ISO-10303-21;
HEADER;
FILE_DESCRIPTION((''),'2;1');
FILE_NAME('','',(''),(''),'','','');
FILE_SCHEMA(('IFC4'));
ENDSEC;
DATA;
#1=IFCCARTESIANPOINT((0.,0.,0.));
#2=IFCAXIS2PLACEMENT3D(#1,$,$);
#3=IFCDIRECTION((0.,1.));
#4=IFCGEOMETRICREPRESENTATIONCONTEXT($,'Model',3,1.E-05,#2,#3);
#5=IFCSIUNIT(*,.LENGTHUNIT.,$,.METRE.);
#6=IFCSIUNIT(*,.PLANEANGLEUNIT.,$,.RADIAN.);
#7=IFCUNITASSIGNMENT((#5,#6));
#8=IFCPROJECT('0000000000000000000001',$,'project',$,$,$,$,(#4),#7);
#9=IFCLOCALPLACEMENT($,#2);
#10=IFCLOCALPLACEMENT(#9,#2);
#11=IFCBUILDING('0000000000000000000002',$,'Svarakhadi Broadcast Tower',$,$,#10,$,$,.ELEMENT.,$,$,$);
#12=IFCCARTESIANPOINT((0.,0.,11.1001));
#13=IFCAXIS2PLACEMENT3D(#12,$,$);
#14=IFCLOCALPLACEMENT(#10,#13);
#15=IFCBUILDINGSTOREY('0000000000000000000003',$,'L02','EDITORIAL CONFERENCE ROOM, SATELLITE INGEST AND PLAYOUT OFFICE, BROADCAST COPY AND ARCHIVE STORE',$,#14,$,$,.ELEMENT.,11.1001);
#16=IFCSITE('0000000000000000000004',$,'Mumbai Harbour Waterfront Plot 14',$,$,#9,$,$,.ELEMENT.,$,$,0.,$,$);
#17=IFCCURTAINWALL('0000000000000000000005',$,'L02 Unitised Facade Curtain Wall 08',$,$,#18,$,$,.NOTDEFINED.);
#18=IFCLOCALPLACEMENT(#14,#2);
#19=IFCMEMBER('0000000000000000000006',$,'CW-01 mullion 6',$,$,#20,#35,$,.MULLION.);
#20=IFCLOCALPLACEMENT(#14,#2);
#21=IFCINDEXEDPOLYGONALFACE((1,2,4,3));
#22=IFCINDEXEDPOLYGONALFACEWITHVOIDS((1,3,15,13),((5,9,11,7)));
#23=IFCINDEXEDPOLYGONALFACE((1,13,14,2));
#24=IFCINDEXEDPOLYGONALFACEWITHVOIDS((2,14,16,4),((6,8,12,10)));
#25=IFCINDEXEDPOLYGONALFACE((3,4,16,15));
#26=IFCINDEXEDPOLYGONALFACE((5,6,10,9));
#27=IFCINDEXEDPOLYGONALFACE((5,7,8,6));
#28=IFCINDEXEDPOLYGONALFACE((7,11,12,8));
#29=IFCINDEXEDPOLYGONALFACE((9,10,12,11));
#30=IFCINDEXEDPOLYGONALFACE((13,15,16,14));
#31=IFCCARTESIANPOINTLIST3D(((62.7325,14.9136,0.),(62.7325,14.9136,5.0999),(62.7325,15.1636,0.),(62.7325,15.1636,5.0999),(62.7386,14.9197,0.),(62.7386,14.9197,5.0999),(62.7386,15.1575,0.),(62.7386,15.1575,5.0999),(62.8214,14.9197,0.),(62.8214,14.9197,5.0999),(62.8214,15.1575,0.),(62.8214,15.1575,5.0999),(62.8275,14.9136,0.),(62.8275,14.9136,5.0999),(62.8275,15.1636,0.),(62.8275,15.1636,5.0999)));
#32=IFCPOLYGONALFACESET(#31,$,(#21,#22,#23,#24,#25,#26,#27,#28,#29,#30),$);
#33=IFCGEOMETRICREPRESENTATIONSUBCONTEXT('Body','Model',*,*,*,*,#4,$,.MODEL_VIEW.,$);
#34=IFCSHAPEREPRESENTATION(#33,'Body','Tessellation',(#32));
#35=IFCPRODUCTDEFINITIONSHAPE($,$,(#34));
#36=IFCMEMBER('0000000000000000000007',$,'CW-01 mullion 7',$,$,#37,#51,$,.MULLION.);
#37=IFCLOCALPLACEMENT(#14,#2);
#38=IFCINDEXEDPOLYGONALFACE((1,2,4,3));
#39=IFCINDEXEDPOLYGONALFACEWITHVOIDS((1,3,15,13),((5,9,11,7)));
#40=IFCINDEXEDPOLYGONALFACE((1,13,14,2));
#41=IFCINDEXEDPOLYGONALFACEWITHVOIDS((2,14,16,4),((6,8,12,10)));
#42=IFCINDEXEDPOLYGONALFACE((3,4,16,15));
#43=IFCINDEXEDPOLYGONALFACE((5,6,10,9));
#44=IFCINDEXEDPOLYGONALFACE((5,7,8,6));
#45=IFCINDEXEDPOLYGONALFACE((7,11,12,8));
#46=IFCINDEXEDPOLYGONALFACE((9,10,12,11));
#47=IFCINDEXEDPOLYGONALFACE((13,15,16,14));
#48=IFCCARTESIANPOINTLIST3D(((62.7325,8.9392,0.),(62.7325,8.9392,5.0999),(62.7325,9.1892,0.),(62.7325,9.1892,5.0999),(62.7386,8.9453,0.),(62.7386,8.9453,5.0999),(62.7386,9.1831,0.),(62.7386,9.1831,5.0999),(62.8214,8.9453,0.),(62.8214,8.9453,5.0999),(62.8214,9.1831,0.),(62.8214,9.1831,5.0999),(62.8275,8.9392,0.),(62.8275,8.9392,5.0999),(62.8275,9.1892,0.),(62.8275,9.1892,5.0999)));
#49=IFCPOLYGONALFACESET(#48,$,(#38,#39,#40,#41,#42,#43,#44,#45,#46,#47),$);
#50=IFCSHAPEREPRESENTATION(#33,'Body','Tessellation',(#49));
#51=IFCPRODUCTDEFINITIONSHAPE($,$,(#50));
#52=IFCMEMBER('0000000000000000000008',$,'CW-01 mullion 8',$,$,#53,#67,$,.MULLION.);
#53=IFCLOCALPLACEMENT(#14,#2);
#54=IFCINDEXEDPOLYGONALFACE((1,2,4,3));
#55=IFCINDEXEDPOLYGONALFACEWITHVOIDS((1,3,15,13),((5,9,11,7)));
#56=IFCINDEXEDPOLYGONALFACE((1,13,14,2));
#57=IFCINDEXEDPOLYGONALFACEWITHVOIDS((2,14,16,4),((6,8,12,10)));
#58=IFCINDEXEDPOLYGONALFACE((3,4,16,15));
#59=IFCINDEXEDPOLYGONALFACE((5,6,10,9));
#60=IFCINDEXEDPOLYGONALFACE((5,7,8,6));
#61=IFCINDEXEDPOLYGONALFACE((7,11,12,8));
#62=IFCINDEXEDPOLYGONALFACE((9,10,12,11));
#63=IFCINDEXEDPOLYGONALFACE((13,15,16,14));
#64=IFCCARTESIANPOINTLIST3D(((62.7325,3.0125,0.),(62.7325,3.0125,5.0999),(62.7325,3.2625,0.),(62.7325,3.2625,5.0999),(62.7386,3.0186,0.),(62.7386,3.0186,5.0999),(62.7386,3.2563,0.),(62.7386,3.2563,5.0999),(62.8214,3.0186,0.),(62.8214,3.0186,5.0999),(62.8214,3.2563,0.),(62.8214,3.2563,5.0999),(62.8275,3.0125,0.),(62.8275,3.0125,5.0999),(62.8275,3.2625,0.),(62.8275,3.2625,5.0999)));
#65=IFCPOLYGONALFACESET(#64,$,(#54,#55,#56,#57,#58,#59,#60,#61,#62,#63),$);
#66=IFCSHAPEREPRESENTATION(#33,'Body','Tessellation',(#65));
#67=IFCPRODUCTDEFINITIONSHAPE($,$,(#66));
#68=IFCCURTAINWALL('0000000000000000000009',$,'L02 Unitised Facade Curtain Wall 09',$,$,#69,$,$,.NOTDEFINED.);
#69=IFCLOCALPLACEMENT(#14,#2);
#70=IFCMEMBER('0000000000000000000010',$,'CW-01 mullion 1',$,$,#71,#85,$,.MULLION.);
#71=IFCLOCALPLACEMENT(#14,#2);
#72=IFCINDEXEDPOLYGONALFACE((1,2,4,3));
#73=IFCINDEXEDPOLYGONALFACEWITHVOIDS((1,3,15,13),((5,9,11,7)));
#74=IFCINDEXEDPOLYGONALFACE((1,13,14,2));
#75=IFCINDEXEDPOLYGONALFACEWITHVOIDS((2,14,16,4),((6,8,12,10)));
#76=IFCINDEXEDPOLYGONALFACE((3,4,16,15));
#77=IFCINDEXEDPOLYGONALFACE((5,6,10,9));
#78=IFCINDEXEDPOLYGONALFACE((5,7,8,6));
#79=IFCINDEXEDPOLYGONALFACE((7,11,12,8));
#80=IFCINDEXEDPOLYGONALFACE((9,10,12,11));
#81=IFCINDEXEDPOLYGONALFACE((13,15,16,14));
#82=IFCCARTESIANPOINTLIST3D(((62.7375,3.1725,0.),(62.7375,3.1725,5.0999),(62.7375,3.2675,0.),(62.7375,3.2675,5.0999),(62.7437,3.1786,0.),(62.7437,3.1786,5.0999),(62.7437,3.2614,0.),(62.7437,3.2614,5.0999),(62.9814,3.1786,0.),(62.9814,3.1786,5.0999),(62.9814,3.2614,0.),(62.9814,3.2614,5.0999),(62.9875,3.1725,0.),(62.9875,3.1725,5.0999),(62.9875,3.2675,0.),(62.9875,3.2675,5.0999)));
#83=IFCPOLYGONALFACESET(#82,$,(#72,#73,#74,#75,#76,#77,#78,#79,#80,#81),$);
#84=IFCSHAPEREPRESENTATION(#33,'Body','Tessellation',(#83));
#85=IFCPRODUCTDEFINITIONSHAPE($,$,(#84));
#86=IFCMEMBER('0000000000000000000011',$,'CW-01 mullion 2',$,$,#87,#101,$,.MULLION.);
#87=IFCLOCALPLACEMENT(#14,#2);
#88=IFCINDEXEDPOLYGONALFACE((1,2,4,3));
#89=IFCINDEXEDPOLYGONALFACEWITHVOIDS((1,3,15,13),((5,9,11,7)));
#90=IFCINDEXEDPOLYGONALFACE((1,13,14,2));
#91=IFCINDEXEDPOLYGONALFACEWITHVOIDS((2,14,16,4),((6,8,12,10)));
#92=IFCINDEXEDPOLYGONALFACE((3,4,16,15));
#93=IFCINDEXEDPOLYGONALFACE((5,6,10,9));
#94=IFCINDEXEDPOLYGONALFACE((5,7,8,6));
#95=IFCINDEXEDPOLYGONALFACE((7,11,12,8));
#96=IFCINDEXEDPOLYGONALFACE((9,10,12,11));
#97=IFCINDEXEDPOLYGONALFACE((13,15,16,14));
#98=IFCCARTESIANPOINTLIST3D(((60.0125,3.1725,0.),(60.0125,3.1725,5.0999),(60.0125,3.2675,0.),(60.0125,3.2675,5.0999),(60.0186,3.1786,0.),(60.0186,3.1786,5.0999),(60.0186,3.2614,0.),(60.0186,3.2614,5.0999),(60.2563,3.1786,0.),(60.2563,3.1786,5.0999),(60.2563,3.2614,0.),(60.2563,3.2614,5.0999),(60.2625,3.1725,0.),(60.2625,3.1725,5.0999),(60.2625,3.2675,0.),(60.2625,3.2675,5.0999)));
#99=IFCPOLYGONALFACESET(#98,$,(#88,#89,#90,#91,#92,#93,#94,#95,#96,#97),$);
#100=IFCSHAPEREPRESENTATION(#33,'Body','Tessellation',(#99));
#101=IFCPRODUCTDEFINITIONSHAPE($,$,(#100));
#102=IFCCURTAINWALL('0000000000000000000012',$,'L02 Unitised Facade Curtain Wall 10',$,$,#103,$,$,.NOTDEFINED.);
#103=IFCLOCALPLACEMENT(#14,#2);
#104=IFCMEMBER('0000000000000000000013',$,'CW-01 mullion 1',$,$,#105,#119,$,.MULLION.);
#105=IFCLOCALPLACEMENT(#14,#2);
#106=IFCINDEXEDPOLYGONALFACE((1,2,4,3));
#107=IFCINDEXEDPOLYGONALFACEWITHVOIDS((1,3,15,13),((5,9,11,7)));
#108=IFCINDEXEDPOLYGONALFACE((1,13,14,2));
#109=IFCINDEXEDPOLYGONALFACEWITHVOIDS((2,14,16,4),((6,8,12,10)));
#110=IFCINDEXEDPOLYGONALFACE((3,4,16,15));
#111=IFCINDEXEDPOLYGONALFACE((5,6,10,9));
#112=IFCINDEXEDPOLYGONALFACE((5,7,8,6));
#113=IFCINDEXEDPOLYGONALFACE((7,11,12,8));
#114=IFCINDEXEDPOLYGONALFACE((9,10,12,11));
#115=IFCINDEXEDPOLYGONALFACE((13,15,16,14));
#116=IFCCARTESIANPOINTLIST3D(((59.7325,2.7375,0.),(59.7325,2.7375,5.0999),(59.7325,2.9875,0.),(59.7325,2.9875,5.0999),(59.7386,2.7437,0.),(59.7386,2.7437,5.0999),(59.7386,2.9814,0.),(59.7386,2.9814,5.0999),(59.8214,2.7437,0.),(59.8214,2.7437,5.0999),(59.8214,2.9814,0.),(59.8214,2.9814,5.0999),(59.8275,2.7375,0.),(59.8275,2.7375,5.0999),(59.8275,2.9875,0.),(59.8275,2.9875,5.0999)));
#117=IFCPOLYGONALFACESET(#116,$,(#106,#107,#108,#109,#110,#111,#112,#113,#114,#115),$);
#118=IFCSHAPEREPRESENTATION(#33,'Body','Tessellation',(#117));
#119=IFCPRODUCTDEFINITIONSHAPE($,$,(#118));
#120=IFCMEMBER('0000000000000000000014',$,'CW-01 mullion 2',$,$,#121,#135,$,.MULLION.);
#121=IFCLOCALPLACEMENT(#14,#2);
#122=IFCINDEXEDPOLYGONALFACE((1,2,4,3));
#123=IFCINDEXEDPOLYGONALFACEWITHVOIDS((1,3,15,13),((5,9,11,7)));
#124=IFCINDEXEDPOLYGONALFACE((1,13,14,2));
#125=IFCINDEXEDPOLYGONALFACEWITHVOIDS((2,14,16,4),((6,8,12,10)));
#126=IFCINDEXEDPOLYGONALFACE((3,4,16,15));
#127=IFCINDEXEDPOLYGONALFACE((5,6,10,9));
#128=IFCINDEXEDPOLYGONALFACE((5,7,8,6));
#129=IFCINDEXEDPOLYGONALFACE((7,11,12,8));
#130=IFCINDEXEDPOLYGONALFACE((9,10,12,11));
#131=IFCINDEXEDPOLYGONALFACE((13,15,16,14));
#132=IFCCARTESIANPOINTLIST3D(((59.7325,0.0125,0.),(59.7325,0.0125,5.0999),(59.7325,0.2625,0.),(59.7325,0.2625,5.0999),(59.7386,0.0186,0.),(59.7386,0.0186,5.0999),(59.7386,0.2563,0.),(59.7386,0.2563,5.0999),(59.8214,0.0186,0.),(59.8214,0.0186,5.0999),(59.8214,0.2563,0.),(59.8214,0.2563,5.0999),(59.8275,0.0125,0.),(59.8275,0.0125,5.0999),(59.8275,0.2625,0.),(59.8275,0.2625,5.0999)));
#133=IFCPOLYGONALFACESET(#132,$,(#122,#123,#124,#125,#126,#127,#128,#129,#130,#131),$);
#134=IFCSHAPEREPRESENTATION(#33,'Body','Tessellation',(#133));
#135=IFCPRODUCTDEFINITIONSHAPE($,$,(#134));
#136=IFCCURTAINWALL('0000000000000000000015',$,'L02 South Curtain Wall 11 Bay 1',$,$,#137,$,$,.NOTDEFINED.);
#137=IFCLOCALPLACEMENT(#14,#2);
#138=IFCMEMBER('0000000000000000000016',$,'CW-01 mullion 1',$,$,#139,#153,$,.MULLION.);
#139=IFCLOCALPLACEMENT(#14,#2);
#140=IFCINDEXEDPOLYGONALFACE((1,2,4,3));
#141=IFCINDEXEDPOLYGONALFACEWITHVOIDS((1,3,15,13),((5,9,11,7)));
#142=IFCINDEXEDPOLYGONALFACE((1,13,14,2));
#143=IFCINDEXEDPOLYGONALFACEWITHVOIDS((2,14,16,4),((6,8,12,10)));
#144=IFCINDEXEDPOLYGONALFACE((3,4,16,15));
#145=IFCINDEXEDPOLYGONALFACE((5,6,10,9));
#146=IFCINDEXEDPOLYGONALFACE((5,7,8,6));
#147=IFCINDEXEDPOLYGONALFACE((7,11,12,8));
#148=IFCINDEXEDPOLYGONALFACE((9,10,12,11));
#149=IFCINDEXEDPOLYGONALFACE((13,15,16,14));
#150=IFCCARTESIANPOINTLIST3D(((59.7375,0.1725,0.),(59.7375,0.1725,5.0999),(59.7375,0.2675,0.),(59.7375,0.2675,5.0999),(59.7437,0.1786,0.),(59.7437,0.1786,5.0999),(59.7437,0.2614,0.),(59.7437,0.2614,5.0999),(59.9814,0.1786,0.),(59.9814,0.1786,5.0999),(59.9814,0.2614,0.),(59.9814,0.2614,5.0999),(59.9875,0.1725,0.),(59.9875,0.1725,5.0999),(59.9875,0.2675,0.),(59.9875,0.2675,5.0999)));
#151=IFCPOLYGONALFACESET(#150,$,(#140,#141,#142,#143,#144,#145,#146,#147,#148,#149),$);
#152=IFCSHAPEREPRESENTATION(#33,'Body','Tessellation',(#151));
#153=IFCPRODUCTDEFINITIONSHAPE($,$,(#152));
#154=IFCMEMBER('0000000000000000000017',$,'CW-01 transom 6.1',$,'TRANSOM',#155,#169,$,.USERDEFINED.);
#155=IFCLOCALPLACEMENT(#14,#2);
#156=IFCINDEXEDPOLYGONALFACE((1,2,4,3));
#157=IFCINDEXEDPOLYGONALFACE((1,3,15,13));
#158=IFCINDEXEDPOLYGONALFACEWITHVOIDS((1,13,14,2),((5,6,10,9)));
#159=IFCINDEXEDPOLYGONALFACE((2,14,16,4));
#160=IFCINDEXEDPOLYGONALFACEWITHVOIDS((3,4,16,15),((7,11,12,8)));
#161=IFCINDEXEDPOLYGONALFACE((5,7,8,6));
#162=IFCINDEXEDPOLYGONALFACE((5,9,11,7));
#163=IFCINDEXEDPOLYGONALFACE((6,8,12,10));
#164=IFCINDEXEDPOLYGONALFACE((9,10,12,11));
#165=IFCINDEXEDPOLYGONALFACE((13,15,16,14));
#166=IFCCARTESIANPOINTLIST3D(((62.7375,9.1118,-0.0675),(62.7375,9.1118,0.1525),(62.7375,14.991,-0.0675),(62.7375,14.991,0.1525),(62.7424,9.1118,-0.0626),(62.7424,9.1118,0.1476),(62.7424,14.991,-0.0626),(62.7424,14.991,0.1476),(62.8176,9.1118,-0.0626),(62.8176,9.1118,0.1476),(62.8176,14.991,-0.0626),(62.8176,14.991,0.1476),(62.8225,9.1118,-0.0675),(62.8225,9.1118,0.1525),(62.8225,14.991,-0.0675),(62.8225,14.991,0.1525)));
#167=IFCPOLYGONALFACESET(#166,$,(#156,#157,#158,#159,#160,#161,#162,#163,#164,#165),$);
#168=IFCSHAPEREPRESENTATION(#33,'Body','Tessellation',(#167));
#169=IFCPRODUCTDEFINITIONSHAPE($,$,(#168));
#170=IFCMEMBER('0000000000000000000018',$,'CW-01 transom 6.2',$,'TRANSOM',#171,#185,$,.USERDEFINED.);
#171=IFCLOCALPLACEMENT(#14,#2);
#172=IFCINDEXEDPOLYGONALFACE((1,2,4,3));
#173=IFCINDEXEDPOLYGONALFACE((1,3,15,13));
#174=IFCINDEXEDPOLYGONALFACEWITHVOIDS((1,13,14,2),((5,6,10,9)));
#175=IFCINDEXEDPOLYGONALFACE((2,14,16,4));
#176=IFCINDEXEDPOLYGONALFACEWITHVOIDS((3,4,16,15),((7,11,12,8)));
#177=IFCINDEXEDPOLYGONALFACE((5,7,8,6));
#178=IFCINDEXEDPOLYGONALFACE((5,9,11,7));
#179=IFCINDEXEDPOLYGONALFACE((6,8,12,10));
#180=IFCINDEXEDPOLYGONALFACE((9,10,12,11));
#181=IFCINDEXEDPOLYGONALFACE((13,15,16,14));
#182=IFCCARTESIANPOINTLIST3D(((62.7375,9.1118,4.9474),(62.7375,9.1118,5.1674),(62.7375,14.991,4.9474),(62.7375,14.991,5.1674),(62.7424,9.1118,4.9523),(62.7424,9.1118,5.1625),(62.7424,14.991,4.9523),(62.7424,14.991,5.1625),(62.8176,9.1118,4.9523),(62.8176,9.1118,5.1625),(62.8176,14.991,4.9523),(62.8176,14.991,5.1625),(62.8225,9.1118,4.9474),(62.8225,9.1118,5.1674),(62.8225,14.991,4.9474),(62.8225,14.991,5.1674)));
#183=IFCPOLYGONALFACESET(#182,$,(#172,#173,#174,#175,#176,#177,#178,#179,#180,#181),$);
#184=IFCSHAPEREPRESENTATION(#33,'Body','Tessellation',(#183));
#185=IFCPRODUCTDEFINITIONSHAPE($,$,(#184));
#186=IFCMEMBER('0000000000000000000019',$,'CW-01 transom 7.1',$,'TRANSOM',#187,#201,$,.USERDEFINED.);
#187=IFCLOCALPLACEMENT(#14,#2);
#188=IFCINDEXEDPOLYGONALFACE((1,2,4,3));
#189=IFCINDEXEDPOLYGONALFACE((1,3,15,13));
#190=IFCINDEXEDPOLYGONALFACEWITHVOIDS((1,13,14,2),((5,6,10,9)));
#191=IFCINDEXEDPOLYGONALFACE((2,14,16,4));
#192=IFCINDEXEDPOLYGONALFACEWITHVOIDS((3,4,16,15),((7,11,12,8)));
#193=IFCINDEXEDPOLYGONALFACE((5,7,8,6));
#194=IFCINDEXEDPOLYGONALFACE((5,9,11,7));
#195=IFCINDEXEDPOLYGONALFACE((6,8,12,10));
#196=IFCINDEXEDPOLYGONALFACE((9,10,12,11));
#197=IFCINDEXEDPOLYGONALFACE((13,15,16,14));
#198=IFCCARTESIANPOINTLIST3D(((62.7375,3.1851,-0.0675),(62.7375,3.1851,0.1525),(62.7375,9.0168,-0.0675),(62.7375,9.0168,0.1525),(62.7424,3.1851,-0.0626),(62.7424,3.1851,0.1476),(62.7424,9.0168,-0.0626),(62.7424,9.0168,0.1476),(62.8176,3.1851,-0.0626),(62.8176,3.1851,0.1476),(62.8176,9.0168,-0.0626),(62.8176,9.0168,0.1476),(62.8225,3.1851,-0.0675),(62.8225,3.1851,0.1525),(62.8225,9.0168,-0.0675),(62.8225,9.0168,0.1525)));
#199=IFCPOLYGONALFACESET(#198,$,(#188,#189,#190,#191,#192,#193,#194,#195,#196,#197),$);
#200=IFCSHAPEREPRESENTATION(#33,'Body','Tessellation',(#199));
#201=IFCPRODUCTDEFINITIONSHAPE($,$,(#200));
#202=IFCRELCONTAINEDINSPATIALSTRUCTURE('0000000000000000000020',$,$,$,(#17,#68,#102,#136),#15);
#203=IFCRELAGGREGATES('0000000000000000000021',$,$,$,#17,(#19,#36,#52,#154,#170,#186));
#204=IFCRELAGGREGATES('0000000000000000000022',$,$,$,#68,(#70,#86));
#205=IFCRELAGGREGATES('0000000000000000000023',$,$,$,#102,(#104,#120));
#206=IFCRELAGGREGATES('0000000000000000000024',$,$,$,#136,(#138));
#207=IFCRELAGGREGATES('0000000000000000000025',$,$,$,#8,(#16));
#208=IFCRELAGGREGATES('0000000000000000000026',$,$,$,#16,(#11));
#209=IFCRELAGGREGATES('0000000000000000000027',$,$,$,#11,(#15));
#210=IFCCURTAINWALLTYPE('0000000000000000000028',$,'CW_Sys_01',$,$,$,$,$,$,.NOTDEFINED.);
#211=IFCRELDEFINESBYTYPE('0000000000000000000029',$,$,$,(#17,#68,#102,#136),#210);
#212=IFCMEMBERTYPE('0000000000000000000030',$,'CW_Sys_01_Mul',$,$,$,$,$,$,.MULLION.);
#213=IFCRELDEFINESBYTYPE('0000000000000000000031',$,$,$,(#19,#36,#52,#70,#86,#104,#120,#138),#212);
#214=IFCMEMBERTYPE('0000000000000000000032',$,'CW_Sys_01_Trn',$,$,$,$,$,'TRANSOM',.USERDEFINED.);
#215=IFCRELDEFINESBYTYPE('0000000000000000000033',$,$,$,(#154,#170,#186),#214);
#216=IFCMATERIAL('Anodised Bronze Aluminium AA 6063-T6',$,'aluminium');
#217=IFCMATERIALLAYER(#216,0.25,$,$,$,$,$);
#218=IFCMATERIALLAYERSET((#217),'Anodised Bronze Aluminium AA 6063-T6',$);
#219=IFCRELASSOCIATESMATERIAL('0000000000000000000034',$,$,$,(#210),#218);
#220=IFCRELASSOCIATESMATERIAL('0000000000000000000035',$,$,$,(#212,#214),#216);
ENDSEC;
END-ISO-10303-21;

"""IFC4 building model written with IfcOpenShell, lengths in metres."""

from ifc_helpers import new_model, si_unit, direction, frame, origin, origin_2d, place, context, subcontext, project, spatial, hollow_rectangle, extrude, material, layer, layer_set, material_profile, profile_set, type_object, element, aggregate, save


model = new_model("IFC4")

# Units and contexts
model_context = context("Model", 3, precision=1e-05, world=origin(), true_north=direction((0.0, 1.0)))
body_context = subcontext(model_context, "Body", "Model", "MODEL_VIEW")
ifc_project = project(units=[si_unit("LENGTHUNIT", "METRE"), si_unit("PLANEANGLEUNIT", "RADIAN")], contexts=[model_context])

# Site, building, storey
site_placement = place(None, origin())
site = spatial("IfcSite", under=ifc_project, at=site_placement, Name="Mumbai Harbour Waterfront Plot 14", CompositionType="ELEMENT", RefElevation=0.0)
building_placement = place(site_placement, origin())
building = spatial("IfcBuilding", under=site, at=building_placement, Name="Svarakhadi Broadcast Tower", CompositionType="ELEMENT")
storey_placement = place(building_placement, frame((0.0, 0.0, 11.1001)))
storey = spatial("IfcBuildingStorey", under=building, at=storey_placement, Name="L02", Description="EDITORIAL CONFERENCE ROOM, SATELLITE INGEST AND PLAYOUT OFFICE, BROADCAST COPY AND ARCHIVE STORE", CompositionType="ELEMENT", Elevation=11.1001)

# Curtain walls, members
ifc_material_1 = material(Name="Anodised Bronze Aluminium AA 6063-T6", Category="aluminium")
ifc_layer_1 = layer(ifc_material_1, 0.25)
ifc_layer_set_1 = layer_set([ifc_layer_1], Name="Anodised Bronze Aluminium AA 6063-T6")
curtain_wall_type = type_object("IfcCurtainWallType", Name="CW_Sys_01", PredefinedType="NOTDEFINED", material=ifc_layer_set_1)
curtain_wall_1_placement = place(storey_placement, origin())
curtain_wall_1 = element("IfcCurtainWall", 1, at=curtain_wall_1_placement, inside=storey, type_object=curtain_wall_type, Name="L02 Unitised Facade Curtain Wall 08", PredefinedType="NOTDEFINED")
ifc_material_profile_1 = material_profile(ifc_material_1, hollow_rectangle(XDim=0.095, YDim=0.25, WallThickness=0.0061, at=origin_2d()), Name="ALU MULLION 250x95x6")
ifc_profile_set_1 = profile_set([ifc_material_profile_1], Name="Anodised Bronze Aluminium AA 6063-T6")
member_type_1 = type_object("IfcMemberType", Name="CW_Sys_01_Mul", PredefinedType="MULLION", material=ifc_profile_set_1)
member_1_placement = place(storey_placement, frame((62.78, 15.0386, 0.0), z_axis=(0.0, 0.0, 1.0), x_axis=(1.0, 0.0, 0.0)))
member_1 = element("IfcMember", 2, at=member_1_placement, type_object=member_type_1, Name="CW-01 mullion 6", PredefinedType="MULLION", context=body_context, shape_type="SweptSolid", body=[
    extrude(hollow_rectangle(XDim=0.095, YDim=0.25, WallThickness=0.0061, at=origin_2d()), origin(), (0.0, 0.0, 1.0), 5.0999),
])
member_2_placement = place(storey_placement, frame((62.78, 9.0642, 0.0), z_axis=(0.0, 0.0, 1.0), x_axis=(1.0, 0.0, 0.0)))
member_2 = element("IfcMember", 3, at=member_2_placement, type_object=member_type_1, Name="CW-01 mullion 7", PredefinedType="MULLION", context=body_context, shape_type="SweptSolid", body=[
    extrude(hollow_rectangle(XDim=0.095, YDim=0.25, WallThickness=0.0061, at=origin_2d()), origin(), (0.0, 0.0, 1.0), 5.0999),
])
member_3_placement = place(storey_placement, frame((62.78, 3.1375, 0.0), z_axis=(0.0, 0.0, 1.0), x_axis=(1.0, 0.0, 0.0)))
member_3 = element("IfcMember", 4, at=member_3_placement, type_object=member_type_1, Name="CW-01 mullion 8", PredefinedType="MULLION", context=body_context, shape_type="SweptSolid", body=[
    extrude(hollow_rectangle(XDim=0.095, YDim=0.25, WallThickness=0.0061, at=origin_2d()), origin(), (0.0, 0.0, 1.0), 5.0999),
])
curtain_wall_2_placement = place(storey_placement, origin())
curtain_wall_2 = element("IfcCurtainWall", 5, at=curtain_wall_2_placement, inside=storey, type_object=curtain_wall_type, Name="L02 Unitised Facade Curtain Wall 09", PredefinedType="NOTDEFINED")
member_4_placement = place(storey_placement, frame((62.8625, 3.22, 0.0), z_axis=(0.0, 0.0, 1.0), x_axis=(0.0, -1.0, 0.0)))
member_4 = element("IfcMember", 6, at=member_4_placement, type_object=member_type_1, Name="CW-01 mullion 1", PredefinedType="MULLION", context=body_context, shape_type="SweptSolid", body=[
    extrude(hollow_rectangle(XDim=0.095, YDim=0.25, WallThickness=0.0061, at=origin_2d()), origin(), (0.0, 0.0, 1.0), 5.0999),
])
member_5_placement = place(storey_placement, frame((60.1375, 3.22, 0.0), z_axis=(0.0, 0.0, 1.0), x_axis=(0.0, -1.0, 0.0)))
member_5 = element("IfcMember", 7, at=member_5_placement, type_object=member_type_1, Name="CW-01 mullion 2", PredefinedType="MULLION", context=body_context, shape_type="SweptSolid", body=[
    extrude(hollow_rectangle(XDim=0.095, YDim=0.25, WallThickness=0.0061, at=origin_2d()), origin(), (0.0, 0.0, 1.0), 5.0999),
])
curtain_wall_3_placement = place(storey_placement, origin())
curtain_wall_3 = element("IfcCurtainWall", 8, at=curtain_wall_3_placement, inside=storey, type_object=curtain_wall_type, Name="L02 Unitised Facade Curtain Wall 10", PredefinedType="NOTDEFINED")
member_6_placement = place(storey_placement, frame((59.78, 2.8625, 0.0), z_axis=(0.0, 0.0, 1.0), x_axis=(1.0, 0.0, 0.0)))
member_6 = element("IfcMember", 9, at=member_6_placement, type_object=member_type_1, Name="CW-01 mullion 1", PredefinedType="MULLION", context=body_context, shape_type="SweptSolid", body=[
    extrude(hollow_rectangle(XDim=0.095, YDim=0.25, WallThickness=0.0061, at=origin_2d()), origin(), (0.0, 0.0, 1.0), 5.0999),
])
member_7_placement = place(storey_placement, frame((59.78, 0.1375, 0.0), z_axis=(0.0, 0.0, 1.0), x_axis=(1.0, 0.0, 0.0)))
member_7 = element("IfcMember", 10, at=member_7_placement, type_object=member_type_1, Name="CW-01 mullion 2", PredefinedType="MULLION", context=body_context, shape_type="SweptSolid", body=[
    extrude(hollow_rectangle(XDim=0.095, YDim=0.25, WallThickness=0.0061, at=origin_2d()), origin(), (0.0, 0.0, 1.0), 5.0999),
])

# Curtain wall, member
curtain_wall_4_placement = place(storey_placement, origin())
curtain_wall_4 = element("IfcCurtainWall", 11, at=curtain_wall_4_placement, inside=storey, type_object=curtain_wall_type, Name="L02 South Curtain Wall 11 Bay 1", PredefinedType="NOTDEFINED")
member_8_placement = place(storey_placement, frame((59.8625, 0.22, 0.0), z_axis=(0.0, 0.0, 1.0), x_axis=(0.0, -1.0, 0.0)))
member_8 = element("IfcMember", 12, at=member_8_placement, type_object=member_type_1, Name="CW-01 mullion 1", PredefinedType="MULLION", context=body_context, shape_type="SweptSolid", body=[
    extrude(hollow_rectangle(XDim=0.095, YDim=0.25, WallThickness=0.0061, at=origin_2d()), origin(), (0.0, 0.0, 1.0), 5.0999),
])

# Members
ifc_material_profile_2 = material_profile(ifc_material_1, hollow_rectangle(XDim=0.085, YDim=0.22, WallThickness=0.0049, at=origin_2d()), Name="ALU TRANSOM 220x85x5")
ifc_profile_set_2 = profile_set([ifc_material_profile_2], Name="Anodised Bronze Aluminium AA 6063-T6")
member_type_2 = type_object("IfcMemberType", Name="CW_Sys_01_Trn", ElementType="TRANSOM", PredefinedType="USERDEFINED", material=ifc_profile_set_2)
member_9_placement = place(storey_placement, frame((62.78, 14.991, 0.0425), z_axis=(0.0, -1.0, 0.0), x_axis=(1.0, 0.0, 0.0)))
member_9 = element("IfcMember", 13, at=member_9_placement, type_object=member_type_2, Name="CW-01 transom 6.1", ObjectType="TRANSOM", PredefinedType="USERDEFINED", context=body_context, shape_type="SweptSolid", body=[
    extrude(hollow_rectangle(XDim=0.085, YDim=0.22, WallThickness=0.0049, at=origin_2d()), origin(), (0.0, 0.0, 1.0), 5.8792),
])
member_10_placement = place(storey_placement, frame((62.78, 14.991, 5.0574), z_axis=(0.0, -1.0, 0.0), x_axis=(1.0, 0.0, 0.0)))
member_10 = element("IfcMember", 14, at=member_10_placement, type_object=member_type_2, Name="CW-01 transom 6.2", ObjectType="TRANSOM", PredefinedType="USERDEFINED", context=body_context, shape_type="SweptSolid", body=[
    extrude(hollow_rectangle(XDim=0.085, YDim=0.22, WallThickness=0.0049, at=origin_2d()), origin(), (0.0, 0.0, 1.0), 5.8792),
])
member_11_placement = place(storey_placement, frame((62.78, 9.0168, 0.0425), z_axis=(0.0, -1.0, 0.0), x_axis=(1.0, 0.0, 0.0)))
member_11 = element("IfcMember", 15, at=member_11_placement, type_object=member_type_2, Name="CW-01 transom 7.1", ObjectType="TRANSOM", PredefinedType="USERDEFINED", context=body_context, shape_type="SweptSolid", body=[
    extrude(hollow_rectangle(XDim=0.085, YDim=0.22, WallThickness=0.0049, at=origin_2d()), origin(), (0.0, 0.0, 1.0), 5.8318),
])

aggregate(curtain_wall_1, [member_1, member_2, member_3, member_9, member_10, member_11])
aggregate(curtain_wall_2, [member_4, member_5])
aggregate(curtain_wall_3, [member_6, member_7])
aggregate(curtain_wall_4, [member_8])

save(model, "model.ifc")
